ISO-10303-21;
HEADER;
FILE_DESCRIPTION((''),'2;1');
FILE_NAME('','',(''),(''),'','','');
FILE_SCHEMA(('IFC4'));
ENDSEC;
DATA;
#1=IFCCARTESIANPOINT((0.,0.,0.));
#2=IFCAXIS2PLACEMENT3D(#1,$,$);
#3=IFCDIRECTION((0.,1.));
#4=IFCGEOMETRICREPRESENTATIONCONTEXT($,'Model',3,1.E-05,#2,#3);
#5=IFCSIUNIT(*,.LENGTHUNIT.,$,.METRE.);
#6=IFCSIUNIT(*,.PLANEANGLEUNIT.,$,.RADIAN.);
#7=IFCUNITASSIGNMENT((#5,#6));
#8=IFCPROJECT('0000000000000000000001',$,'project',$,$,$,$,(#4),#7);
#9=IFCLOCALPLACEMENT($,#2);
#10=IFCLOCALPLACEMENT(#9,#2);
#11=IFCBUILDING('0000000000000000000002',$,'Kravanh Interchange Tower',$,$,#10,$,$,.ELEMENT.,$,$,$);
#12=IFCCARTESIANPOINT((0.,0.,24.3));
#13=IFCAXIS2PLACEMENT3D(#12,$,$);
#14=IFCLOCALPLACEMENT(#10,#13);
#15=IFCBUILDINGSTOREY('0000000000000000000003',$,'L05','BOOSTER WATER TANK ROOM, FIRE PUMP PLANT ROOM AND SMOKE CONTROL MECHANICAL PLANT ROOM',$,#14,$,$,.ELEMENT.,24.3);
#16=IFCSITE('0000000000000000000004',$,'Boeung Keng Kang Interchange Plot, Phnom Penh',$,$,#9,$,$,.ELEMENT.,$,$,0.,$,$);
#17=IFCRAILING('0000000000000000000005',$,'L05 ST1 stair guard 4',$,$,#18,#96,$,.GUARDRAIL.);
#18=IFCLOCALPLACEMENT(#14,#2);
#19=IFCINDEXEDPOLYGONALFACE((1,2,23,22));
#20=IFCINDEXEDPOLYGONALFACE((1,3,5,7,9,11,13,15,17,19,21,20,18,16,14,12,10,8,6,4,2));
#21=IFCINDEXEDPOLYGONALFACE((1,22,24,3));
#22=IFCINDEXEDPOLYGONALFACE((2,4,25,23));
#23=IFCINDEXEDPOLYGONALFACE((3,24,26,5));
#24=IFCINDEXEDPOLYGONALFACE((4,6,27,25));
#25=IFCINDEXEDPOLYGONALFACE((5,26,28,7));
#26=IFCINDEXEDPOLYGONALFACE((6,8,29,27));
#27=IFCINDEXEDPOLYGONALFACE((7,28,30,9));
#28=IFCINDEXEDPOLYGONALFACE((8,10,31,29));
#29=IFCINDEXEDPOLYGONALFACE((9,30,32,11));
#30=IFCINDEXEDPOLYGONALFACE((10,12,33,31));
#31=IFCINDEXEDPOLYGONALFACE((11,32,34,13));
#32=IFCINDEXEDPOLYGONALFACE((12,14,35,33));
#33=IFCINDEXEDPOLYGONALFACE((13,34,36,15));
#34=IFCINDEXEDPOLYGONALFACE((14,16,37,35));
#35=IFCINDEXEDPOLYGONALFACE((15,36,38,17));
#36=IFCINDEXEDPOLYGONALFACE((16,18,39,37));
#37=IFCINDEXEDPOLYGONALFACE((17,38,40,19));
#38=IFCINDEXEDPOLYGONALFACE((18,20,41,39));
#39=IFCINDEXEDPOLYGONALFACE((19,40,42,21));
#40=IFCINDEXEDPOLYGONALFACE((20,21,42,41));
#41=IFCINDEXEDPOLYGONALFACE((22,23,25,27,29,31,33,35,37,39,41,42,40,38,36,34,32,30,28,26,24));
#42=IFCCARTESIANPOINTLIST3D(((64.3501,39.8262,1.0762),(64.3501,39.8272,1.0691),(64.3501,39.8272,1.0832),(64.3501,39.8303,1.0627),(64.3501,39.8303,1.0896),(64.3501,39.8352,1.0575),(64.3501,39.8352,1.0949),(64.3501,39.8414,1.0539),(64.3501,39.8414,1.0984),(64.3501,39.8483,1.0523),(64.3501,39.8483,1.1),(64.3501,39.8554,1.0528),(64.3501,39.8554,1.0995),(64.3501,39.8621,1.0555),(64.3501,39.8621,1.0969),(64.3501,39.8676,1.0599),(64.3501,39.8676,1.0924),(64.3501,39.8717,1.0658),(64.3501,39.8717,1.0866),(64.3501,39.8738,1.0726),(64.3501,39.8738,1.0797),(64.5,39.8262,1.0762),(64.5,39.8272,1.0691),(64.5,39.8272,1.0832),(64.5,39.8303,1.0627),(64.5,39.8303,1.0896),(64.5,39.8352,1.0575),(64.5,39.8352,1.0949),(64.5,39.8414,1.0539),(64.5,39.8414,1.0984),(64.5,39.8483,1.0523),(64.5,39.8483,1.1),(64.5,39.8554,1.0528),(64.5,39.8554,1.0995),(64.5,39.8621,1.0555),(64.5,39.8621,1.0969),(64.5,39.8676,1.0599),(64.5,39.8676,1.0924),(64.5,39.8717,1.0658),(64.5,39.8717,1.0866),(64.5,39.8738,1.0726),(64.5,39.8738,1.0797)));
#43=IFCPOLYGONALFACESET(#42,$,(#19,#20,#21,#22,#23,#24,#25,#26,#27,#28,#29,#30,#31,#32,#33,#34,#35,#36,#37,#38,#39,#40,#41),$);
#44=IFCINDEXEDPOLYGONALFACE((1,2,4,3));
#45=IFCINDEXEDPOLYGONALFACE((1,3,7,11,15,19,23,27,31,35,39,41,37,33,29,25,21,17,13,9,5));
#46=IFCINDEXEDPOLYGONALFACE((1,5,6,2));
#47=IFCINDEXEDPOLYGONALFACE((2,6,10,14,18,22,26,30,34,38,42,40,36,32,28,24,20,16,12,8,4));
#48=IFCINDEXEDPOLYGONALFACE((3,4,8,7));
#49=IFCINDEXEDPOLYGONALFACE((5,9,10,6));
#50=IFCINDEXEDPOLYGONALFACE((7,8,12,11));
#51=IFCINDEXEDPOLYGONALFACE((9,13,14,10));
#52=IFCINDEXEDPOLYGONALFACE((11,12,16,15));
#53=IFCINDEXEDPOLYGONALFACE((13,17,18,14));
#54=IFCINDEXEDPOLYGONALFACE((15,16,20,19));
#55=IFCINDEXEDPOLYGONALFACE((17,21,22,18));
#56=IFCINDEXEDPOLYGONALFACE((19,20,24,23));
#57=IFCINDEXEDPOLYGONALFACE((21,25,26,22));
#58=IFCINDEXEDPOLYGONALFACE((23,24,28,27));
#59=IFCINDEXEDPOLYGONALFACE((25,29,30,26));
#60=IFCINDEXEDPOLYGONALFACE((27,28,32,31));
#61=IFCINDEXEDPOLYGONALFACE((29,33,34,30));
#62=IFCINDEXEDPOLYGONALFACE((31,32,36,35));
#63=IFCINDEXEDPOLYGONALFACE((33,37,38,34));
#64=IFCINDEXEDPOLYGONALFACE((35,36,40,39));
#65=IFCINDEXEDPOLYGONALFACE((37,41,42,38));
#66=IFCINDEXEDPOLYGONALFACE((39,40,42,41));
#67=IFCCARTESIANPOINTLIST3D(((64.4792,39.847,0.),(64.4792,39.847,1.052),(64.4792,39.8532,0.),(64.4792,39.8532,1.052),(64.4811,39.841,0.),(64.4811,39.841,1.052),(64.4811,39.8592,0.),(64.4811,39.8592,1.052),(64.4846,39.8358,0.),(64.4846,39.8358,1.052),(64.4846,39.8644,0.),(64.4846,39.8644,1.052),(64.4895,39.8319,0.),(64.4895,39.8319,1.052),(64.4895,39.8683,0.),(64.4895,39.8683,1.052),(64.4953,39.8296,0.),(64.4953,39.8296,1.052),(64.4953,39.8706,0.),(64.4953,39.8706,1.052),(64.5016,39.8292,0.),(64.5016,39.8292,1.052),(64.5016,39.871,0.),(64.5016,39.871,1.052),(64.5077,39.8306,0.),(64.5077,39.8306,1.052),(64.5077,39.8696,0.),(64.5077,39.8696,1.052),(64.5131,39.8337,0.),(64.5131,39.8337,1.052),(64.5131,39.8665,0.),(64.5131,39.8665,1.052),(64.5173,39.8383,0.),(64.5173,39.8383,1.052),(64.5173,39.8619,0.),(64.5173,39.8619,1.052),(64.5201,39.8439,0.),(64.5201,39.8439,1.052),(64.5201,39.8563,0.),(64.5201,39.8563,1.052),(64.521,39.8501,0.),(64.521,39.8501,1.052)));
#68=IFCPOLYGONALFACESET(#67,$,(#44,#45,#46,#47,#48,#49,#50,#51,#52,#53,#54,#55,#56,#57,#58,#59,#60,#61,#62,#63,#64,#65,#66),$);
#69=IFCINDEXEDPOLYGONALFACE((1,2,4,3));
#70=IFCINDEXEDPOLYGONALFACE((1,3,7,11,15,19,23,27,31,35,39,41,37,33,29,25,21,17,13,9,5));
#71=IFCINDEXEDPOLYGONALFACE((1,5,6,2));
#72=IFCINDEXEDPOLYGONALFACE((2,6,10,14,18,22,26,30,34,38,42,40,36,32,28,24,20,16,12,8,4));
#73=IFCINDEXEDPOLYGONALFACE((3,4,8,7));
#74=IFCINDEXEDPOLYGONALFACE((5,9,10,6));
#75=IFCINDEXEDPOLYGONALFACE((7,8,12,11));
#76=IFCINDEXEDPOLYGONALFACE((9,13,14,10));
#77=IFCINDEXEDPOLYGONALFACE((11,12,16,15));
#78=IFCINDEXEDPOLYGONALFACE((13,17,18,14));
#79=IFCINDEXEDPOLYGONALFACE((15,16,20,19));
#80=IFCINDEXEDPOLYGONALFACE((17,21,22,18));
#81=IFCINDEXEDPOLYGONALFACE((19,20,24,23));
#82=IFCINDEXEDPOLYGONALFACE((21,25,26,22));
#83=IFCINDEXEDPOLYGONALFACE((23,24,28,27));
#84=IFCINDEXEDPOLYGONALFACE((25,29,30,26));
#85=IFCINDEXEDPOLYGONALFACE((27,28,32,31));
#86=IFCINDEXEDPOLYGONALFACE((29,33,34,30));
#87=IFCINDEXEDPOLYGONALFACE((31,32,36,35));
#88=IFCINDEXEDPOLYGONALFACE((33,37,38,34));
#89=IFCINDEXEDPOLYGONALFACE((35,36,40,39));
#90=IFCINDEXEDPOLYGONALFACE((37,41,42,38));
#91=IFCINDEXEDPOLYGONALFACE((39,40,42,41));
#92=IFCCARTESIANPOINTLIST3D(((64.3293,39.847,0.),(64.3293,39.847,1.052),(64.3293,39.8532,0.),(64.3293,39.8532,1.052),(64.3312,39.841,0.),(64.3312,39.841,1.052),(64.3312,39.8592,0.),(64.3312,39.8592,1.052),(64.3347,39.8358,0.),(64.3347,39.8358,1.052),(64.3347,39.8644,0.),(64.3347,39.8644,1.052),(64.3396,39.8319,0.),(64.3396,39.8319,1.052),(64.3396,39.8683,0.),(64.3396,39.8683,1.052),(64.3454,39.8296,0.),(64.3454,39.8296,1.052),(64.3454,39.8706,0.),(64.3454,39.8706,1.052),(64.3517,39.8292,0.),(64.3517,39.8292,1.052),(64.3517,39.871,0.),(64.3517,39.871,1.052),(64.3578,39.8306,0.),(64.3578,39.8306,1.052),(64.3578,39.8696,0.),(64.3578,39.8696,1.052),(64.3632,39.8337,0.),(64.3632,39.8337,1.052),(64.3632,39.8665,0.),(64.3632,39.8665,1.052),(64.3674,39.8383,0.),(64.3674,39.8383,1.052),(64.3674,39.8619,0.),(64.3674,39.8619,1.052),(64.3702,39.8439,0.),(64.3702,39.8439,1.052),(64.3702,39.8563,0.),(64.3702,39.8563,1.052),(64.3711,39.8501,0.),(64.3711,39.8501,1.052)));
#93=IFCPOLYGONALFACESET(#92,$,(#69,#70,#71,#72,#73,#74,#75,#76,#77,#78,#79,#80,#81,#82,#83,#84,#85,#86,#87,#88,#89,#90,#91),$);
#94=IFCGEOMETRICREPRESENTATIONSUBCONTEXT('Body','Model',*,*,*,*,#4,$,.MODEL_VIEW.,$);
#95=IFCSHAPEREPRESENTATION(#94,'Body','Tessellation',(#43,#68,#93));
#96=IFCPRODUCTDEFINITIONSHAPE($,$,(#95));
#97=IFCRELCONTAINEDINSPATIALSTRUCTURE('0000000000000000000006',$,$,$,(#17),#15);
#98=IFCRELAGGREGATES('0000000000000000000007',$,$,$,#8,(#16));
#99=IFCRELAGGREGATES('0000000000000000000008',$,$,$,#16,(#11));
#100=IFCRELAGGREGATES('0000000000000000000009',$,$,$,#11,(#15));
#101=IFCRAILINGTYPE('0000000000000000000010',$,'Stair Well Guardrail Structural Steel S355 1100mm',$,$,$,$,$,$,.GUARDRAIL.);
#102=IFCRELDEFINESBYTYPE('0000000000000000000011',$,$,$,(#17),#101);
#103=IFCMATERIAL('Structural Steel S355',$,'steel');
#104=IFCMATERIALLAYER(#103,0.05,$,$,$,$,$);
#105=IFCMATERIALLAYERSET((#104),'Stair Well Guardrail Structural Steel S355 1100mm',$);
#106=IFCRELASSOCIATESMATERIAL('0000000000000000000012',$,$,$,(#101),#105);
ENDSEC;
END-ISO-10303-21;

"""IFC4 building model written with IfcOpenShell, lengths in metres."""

from ifc_helpers import new_model, si_unit, direction, frame, origin, origin_2d, place, context, subcontext, project, spatial, circle, extrude, material, layer, layer_set, type_object, element, save


model = new_model("IFC4")

# Units and contexts
model_context = context("Model", 3, precision=1e-05, world=origin(), true_north=direction((0.0, 1.0)))
body_context = subcontext(model_context, "Body", "Model", "MODEL_VIEW")
ifc_project = project(units=[si_unit("LENGTHUNIT", "METRE"), si_unit("PLANEANGLEUNIT", "RADIAN")], contexts=[model_context])

# Site, building, storey
site_placement = place(None, origin())
site = spatial("IfcSite", under=ifc_project, at=site_placement, Name="Boeung Keng Kang Interchange Plot, Phnom Penh", CompositionType="ELEMENT", RefElevation=0.0)
building_placement = place(site_placement, origin())
building = spatial("IfcBuilding", under=site, at=building_placement, Name="Kravanh Interchange Tower", CompositionType="ELEMENT")
storey_placement = place(building_placement, frame((0.0, 0.0, 24.3)))
storey = spatial("IfcBuildingStorey", under=building, at=storey_placement, Name="L05", Description="BOOSTER WATER TANK ROOM, FIRE PUMP PLANT ROOM AND SMOKE CONTROL MECHANICAL PLANT ROOM", CompositionType="ELEMENT", Elevation=24.3)

# Railing
ifc_material_1 = material(Name="Structural Steel S355", Category="steel")
ifc_layer_1 = layer(ifc_material_1, 0.05)
ifc_layer_set_1 = layer_set([ifc_layer_1], Name="Stair Well Guardrail Structural Steel S355 1100mm")
railing_type_1 = type_object("IfcRailingType", Name="Stair Well Guardrail Structural Steel S355 1100mm", PredefinedType="GUARDRAIL", material=ifc_layer_set_1)
railing_1_placement = place(storey_placement, frame((64.5, 39.8501, 0.0)))
element("IfcRailing", 1, at=railing_1_placement, inside=storey, type_object=railing_type_1, Name="L05 ST1 stair guard 4", PredefinedType="GUARDRAIL", context=body_context, shape_type="SweptSolid", body=[
    extrude(circle(Radius=0.0239, at=origin_2d()), frame((0.0, 0.0, 1.0762), z_axis=(-1.0, 0.0, 0.0), x_axis=(0.0, -1.0, 0.0)), (0.0, 0.0, 1.0), 0.1499),
    extrude(circle(Radius=0.021, at=origin_2d()), origin(), (0.0, 0.0, 1.0), 1.052),
    extrude(circle(Radius=0.021, at=origin_2d()), frame((-0.1499, 0.0, 0.0)), (0.0, 0.0, 1.0), 1.052),
])

save(model, "model.ifc")
